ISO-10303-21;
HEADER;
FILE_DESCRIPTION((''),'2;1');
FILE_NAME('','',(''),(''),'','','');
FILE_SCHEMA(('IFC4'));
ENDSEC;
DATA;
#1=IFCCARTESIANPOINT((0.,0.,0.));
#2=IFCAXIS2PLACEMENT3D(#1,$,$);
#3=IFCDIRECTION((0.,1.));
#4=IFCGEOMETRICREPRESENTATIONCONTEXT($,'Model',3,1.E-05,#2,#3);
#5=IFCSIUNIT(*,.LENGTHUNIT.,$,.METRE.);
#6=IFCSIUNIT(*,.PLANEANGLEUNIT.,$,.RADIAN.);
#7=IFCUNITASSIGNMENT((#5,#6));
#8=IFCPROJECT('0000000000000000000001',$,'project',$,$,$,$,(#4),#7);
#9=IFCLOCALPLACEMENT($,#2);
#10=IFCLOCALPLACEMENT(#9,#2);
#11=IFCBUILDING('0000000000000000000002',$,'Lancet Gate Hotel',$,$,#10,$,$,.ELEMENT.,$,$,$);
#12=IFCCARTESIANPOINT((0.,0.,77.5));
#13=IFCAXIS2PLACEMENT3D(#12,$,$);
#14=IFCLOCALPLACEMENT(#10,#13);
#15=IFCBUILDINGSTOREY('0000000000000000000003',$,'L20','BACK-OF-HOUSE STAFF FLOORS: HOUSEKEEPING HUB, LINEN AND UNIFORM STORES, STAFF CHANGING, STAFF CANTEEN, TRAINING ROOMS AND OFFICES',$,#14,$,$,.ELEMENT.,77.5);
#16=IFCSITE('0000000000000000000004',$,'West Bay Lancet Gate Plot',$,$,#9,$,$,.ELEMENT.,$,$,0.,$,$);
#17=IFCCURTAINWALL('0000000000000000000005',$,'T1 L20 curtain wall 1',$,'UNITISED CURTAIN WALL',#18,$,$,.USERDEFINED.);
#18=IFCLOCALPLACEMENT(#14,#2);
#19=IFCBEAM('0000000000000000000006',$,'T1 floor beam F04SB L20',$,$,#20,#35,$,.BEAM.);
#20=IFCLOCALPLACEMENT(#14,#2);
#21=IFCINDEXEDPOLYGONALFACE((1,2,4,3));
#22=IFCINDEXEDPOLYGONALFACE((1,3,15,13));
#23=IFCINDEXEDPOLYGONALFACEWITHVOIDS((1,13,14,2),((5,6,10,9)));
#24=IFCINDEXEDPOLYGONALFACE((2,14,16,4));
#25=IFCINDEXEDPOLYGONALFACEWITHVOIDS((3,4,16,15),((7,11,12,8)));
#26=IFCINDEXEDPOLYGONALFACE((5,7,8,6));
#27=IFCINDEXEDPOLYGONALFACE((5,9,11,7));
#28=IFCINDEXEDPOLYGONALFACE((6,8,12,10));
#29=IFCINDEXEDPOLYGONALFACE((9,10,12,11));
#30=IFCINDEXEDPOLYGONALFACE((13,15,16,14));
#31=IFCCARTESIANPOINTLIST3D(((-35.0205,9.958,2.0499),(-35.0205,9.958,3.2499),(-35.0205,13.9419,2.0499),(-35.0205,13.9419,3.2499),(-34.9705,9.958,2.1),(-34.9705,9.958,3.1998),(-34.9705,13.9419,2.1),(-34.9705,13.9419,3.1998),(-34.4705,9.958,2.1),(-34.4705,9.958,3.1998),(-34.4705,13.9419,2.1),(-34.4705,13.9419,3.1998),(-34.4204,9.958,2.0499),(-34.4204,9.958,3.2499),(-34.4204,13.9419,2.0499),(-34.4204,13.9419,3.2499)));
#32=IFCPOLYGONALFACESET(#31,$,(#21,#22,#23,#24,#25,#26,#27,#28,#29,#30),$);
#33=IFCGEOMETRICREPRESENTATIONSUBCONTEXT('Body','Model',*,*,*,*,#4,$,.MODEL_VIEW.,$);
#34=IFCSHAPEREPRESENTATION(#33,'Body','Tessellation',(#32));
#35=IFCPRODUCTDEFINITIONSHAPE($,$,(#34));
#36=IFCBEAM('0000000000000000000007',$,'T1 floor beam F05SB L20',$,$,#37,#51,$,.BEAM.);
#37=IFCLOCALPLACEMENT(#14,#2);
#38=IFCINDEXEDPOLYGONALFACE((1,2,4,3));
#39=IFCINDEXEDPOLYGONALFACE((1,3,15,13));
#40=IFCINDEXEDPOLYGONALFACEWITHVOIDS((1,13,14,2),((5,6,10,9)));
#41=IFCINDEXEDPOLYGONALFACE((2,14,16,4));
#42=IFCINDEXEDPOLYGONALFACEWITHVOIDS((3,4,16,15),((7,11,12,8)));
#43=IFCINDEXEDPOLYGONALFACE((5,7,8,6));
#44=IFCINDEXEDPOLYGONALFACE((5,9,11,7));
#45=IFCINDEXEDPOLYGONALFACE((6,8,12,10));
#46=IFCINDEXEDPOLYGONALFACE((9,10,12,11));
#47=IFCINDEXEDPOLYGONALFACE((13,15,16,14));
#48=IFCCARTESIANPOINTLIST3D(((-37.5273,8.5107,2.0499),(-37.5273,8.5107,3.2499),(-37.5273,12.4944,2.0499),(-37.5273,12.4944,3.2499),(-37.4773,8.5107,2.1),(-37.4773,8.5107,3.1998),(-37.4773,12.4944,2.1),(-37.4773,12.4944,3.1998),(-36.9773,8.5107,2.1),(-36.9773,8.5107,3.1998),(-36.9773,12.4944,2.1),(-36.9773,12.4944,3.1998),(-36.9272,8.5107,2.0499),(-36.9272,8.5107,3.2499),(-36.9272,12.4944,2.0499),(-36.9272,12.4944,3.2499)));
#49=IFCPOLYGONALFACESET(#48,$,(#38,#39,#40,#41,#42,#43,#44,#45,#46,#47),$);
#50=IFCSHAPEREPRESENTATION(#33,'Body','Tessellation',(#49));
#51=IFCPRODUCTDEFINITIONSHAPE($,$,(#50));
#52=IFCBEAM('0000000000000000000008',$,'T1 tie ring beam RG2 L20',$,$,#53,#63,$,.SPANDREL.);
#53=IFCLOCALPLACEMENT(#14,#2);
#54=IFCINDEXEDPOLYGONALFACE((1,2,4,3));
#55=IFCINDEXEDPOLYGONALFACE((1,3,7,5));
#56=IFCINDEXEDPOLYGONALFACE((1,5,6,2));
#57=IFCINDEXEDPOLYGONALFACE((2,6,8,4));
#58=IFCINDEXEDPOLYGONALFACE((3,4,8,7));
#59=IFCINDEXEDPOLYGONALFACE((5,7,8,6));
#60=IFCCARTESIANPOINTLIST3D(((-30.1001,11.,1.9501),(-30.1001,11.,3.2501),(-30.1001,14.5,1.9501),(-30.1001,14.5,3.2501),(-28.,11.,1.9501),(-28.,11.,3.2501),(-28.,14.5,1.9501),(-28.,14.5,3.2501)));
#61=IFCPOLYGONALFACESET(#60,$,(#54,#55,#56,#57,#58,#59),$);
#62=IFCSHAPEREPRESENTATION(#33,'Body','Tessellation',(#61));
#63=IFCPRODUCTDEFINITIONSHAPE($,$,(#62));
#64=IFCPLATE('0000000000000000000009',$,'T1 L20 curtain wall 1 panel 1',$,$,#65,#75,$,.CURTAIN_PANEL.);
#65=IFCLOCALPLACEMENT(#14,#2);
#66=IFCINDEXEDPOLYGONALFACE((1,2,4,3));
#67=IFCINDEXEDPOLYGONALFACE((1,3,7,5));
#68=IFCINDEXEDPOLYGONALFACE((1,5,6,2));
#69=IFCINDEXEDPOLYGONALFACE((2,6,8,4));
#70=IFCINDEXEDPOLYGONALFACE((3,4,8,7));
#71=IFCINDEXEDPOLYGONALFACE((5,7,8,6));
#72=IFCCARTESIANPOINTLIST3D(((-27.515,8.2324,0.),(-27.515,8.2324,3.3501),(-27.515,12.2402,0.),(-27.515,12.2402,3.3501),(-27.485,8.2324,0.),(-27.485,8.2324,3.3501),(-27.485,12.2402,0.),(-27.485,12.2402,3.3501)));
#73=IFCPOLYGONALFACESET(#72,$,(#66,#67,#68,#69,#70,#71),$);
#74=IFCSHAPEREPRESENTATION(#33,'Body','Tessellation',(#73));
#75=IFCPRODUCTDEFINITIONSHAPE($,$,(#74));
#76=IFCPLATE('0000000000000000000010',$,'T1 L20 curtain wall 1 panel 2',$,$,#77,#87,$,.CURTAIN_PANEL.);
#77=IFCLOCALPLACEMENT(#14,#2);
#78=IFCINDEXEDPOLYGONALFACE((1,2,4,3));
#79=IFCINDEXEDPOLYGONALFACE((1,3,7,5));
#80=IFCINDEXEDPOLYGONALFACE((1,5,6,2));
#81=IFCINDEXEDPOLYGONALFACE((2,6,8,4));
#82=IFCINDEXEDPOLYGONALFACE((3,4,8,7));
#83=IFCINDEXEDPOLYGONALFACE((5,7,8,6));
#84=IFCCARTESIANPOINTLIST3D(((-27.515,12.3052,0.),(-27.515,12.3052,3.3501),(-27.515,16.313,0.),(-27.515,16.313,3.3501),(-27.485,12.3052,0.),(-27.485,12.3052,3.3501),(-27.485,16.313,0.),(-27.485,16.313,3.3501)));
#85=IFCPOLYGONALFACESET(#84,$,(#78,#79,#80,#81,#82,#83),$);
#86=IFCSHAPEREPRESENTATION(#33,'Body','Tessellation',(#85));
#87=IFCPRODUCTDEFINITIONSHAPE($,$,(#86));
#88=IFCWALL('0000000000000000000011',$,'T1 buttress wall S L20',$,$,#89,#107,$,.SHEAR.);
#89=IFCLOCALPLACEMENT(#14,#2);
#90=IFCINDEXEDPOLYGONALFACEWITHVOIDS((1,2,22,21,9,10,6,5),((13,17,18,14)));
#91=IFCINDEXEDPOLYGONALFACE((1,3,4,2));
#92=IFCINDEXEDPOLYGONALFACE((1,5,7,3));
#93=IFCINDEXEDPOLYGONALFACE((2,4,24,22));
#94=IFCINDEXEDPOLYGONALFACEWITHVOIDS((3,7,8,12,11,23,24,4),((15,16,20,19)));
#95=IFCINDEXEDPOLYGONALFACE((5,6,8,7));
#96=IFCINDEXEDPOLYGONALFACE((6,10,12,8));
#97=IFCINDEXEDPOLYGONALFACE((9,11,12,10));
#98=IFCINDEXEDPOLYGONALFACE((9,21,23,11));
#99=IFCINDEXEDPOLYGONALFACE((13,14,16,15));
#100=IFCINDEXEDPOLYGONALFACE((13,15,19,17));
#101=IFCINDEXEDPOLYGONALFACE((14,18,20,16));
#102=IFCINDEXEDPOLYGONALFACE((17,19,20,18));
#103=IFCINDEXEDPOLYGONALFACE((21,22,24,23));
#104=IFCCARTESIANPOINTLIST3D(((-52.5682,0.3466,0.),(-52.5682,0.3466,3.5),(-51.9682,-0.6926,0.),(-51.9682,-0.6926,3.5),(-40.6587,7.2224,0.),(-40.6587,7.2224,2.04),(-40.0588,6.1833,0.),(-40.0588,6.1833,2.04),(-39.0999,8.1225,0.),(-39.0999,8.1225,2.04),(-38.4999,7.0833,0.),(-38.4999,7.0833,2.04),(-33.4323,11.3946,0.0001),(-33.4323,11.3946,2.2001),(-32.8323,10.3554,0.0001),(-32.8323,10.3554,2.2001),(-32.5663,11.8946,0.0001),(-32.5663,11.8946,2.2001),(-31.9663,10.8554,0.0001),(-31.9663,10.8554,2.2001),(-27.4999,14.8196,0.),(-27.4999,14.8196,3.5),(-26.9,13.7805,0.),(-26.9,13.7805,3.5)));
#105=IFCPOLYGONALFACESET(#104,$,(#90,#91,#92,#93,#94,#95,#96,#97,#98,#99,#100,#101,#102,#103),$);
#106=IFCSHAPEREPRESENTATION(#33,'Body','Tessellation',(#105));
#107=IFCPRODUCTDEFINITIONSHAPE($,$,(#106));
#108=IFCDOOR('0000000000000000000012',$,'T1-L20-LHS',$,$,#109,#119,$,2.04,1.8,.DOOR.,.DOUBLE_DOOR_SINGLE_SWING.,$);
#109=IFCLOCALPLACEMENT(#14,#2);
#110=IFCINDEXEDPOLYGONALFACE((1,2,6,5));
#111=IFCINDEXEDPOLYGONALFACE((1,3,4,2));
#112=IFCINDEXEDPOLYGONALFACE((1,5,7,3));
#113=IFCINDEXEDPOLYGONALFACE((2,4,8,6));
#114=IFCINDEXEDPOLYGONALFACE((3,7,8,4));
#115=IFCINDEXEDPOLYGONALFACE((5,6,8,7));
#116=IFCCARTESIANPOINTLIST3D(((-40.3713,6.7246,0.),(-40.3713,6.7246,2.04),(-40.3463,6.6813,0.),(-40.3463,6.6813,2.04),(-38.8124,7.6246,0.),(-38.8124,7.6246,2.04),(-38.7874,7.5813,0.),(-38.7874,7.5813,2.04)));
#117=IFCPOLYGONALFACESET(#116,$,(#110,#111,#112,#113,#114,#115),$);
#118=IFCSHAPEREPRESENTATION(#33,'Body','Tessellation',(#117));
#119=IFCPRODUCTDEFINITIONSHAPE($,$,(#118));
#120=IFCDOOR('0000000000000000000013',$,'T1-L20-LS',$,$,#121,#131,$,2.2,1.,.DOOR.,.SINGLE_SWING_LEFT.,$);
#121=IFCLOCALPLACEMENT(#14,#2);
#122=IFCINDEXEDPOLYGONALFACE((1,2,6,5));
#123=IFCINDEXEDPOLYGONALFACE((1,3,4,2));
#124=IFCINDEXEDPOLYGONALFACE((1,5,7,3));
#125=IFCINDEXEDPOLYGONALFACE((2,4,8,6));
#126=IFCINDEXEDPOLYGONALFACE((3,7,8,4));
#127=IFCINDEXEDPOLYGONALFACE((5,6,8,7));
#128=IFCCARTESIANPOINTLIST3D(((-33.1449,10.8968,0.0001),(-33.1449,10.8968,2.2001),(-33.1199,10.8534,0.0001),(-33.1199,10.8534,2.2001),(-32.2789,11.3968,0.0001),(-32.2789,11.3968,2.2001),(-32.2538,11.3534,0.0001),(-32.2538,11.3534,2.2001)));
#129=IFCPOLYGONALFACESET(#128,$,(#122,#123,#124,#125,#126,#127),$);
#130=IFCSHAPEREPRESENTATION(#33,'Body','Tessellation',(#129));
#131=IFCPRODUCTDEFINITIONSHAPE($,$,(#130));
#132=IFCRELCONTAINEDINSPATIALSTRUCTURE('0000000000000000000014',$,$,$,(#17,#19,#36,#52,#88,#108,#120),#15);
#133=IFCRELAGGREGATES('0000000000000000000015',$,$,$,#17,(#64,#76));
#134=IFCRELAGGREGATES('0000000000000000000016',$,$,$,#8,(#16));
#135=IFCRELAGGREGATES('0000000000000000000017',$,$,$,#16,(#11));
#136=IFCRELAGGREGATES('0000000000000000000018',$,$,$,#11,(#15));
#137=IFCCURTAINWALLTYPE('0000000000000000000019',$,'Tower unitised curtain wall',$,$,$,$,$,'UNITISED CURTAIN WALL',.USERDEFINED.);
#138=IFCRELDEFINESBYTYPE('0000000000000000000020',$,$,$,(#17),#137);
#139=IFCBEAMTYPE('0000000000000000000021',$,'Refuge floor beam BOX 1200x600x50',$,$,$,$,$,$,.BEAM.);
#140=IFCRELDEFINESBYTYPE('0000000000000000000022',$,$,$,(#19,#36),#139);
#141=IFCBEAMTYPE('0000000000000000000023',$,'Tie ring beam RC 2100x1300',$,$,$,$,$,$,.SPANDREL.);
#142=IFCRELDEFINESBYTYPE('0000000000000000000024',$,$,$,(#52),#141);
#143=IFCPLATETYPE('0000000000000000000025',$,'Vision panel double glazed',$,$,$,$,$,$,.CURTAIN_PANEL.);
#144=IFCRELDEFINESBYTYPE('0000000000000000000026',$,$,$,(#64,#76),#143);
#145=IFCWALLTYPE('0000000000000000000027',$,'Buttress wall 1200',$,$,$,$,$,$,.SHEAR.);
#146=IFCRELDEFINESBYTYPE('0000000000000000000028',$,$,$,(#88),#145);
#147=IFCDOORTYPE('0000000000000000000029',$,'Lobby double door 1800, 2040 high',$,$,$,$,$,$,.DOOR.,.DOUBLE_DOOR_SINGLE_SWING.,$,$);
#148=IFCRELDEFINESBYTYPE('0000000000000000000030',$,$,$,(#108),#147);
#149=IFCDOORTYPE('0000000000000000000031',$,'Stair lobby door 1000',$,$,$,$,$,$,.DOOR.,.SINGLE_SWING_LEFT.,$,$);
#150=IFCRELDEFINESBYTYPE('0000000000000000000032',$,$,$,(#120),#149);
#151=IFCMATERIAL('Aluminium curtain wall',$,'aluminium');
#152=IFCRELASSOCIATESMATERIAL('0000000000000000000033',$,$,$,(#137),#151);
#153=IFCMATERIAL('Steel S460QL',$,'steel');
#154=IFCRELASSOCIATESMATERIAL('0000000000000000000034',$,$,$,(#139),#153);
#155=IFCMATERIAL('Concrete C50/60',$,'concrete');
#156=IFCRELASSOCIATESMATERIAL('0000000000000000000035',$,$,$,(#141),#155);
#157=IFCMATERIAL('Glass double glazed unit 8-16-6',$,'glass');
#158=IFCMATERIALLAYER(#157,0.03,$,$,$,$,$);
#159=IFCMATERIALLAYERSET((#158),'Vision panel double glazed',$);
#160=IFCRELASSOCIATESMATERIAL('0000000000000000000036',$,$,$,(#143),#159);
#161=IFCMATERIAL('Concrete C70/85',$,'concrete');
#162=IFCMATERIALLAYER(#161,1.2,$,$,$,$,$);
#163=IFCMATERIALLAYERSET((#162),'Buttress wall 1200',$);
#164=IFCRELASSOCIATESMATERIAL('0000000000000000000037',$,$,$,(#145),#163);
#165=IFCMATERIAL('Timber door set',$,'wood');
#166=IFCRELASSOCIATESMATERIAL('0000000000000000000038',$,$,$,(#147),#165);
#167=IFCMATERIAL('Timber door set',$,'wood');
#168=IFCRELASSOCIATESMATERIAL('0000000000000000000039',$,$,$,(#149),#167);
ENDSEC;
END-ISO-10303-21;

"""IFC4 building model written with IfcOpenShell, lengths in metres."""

from ifc_helpers import new_model, si_unit, direction, frame, frame_2d, origin, origin_2d, place, context, subcontext, project, spatial, rectangle, hollow_rectangle, extrude, material, layer, layer_set, material_profile, profile_set, type_object, element, fill, aggregate, save


model = new_model("IFC4")

# Units and contexts
model_context = context("Model", 3, precision=1e-05, world=origin(), true_north=direction((0.0, 1.0)))
body_context = subcontext(model_context, "Body", "Model", "MODEL_VIEW")
ifc_project = project(units=[si_unit("LENGTHUNIT", "METRE"), si_unit("PLANEANGLEUNIT", "RADIAN")], contexts=[model_context])

# Site, building, storey
site_placement = place(None, origin())
site = spatial("IfcSite", under=ifc_project, at=site_placement, Name="West Bay Lancet Gate Plot", CompositionType="ELEMENT", RefElevation=0.0)
building_placement = place(site_placement, origin())
building = spatial("IfcBuilding", under=site, at=building_placement, Name="Lancet Gate Hotel", CompositionType="ELEMENT")
storey_placement = place(building_placement, frame((0.0, 0.0, 77.5)))
storey = spatial("IfcBuildingStorey", under=building, at=storey_placement, Name="L20", Description="BACK-OF-HOUSE STAFF FLOORS: HOUSEKEEPING HUB, LINEN AND UNIFORM STORES, STAFF CHANGING, STAFF CANTEEN, TRAINING ROOMS AND OFFICES", CompositionType="ELEMENT", Elevation=77.5)

# Curtain wall
ifc_material_1 = material(Name="Aluminium curtain wall", Category="aluminium")
curtain_wall_type = type_object("IfcCurtainWallType", Name="Tower unitised curtain wall", ElementType="UNITISED CURTAIN WALL", PredefinedType="USERDEFINED", material=ifc_material_1)
curtain_wall_placement = place(storey_placement, origin())
curtain_wall = element("IfcCurtainWall", 1, at=curtain_wall_placement, inside=storey, type_object=curtain_wall_type, Name="T1 L20 curtain wall 1", ObjectType="UNITISED CURTAIN WALL", PredefinedType="USERDEFINED")

# Beams
ifc_material_2 = material(Name="Steel S460QL", Category="steel")
ifc_material_profile_1 = material_profile(ifc_material_2, hollow_rectangle(XDim=0.6001, YDim=1.2, WallThickness=0.05, at=origin_2d()), Name="BOX 1200x600x50")
ifc_profile_set_1 = profile_set([ifc_material_profile_1], Name="Steel S460QL")
beam_type_1 = type_object("IfcBeamType", Name="Refuge floor beam BOX 1200x600x50", PredefinedType="BEAM", material=ifc_profile_set_1)
beam_1_placement = place(storey_placement, frame((-34.7205, 13.9419, 2.6499), z_axis=(0.0, -1.0, 0.0), x_axis=(1.0, 0.0, 0.0)))
element("IfcBeam", 2, at=beam_1_placement, inside=storey, type_object=beam_type_1, Name="T1 floor beam F04SB L20", PredefinedType="BEAM", context=body_context, shape_type="SweptSolid", body=[
    extrude(hollow_rectangle(XDim=0.6001, YDim=1.2, WallThickness=0.05, at=origin_2d()), origin(), (0.0, 0.0, 1.0), 3.9839),
])
beam_2_placement = place(storey_placement, frame((-37.2273, 12.4944, 2.6499), z_axis=(0.0, -1.0, 0.0), x_axis=(1.0, 0.0, 0.0)))
element("IfcBeam", 3, at=beam_2_placement, inside=storey, type_object=beam_type_1, Name="T1 floor beam F05SB L20", PredefinedType="BEAM", context=body_context, shape_type="SweptSolid", body=[
    extrude(hollow_rectangle(XDim=0.6001, YDim=1.2, WallThickness=0.05, at=origin_2d()), origin(), (0.0, 0.0, 1.0), 3.9836),
])
ifc_material_3 = material(Name="Concrete C50/60", Category="concrete")
ifc_material_profile_2 = material_profile(ifc_material_3, rectangle(XDim=2.1001, YDim=1.3, at=origin_2d()), Name="RC 2100x1300")
ifc_profile_set_2 = profile_set([ifc_material_profile_2], Name="Concrete C50/60")
beam_type_2 = type_object("IfcBeamType", Name="Tie ring beam RC 2100x1300", PredefinedType="SPANDREL", material=ifc_profile_set_2)
beam_3_placement = place(storey_placement, frame((-29.05, 14.5, 2.6001), z_axis=(0.0, -1.0, 0.0), x_axis=(1.0, 0.0, 0.0)))
element("IfcBeam", 4, at=beam_3_placement, inside=storey, type_object=beam_type_2, Name="T1 tie ring beam RG2 L20", PredefinedType="SPANDREL", context=body_context, shape_type="SweptSolid", body=[
    extrude(rectangle(XDim=2.1001, YDim=1.3, at=origin_2d()), origin(), (0.0, 0.0, 1.0), 3.5),
])

# Plates
ifc_material_4 = material(Name="Glass double glazed unit 8-16-6", Category="glass")
ifc_layer_1 = layer(ifc_material_4, 0.03)
ifc_layer_set_1 = layer_set([ifc_layer_1], Name="Vision panel double glazed")
plate_type = type_object("IfcPlateType", Name="Vision panel double glazed", PredefinedType="CURTAIN_PANEL", material=ifc_layer_set_1)
plate_1_placement = place(storey_placement, frame((-27.5, 10.2363, 0.0), z_axis=(0.0, 0.0, 1.0), x_axis=(0.0, 1.0, 0.0)))
plate_1 = element("IfcPlate", 5, at=plate_1_placement, type_object=plate_type, Name="T1 L20 curtain wall 1 panel 1", PredefinedType="CURTAIN_PANEL", context=body_context, shape_type="SweptSolid", body=[
    extrude(rectangle(XDim=4.0078, YDim=0.03, at=origin_2d()), origin(), (0.0, 0.0, 1.0), 3.3501),
])
plate_2_placement = place(storey_placement, frame((-27.5, 14.3091, 0.0), z_axis=(0.0, 0.0, 1.0), x_axis=(0.0, 1.0, 0.0)))
plate_2 = element("IfcPlate", 6, at=plate_2_placement, type_object=plate_type, Name="T1 L20 curtain wall 1 panel 2", PredefinedType="CURTAIN_PANEL", context=body_context, shape_type="SweptSolid", body=[
    extrude(rectangle(XDim=4.0078, YDim=0.03, at=origin_2d()), origin(), (0.0, 0.0, 1.0), 3.3501),
])
aggregate(curtain_wall, [plate_1, plate_2])

# Wall, openings, doors
ifc_material_5 = material(Name="Concrete C70/85", Category="concrete")
ifc_layer_2 = layer(ifc_material_5, 1.2)
ifc_layer_set_2 = layer_set([ifc_layer_2], Name="Buttress wall 1200")
wall_type_1 = type_object("IfcWallType", Name="Buttress wall 1200", PredefinedType="SHEAR", material=ifc_layer_set_2)
wall_1_placement = place(storey_placement, frame((-27.2, 14.3, 0.0), z_axis=(0.0, 0.0, 1.0), x_axis=(-0.866027, -0.499998, 0.0)))
wall_1 = element("IfcWall", 7, at=wall_1_placement, inside=storey, type_object=wall_type_1, Name="T1 buttress wall S L20", PredefinedType="SHEAR", context=body_context, shape_type="SweptSolid", body=[
    extrude(rectangle(XDim=28.9463, YDim=1.2, at=frame_2d((14.4731, 0.0))), origin(), (0.0, 0.0, 1.0), 3.5),
])
opening_1_placement = place(wall_1_placement, frame((5.8501, 0.0, 0.0)))
opening_1 = element("IfcOpeningElement", 8, at=opening_1_placement, cuts=wall_1, PredefinedType="OPENING", context=body_context, shape_type="SweptSolid", body=[
    extrude(rectangle(XDim=1.0, YDim=2.2, at=frame_2d((0.5, 1.1001))), frame((0.0, 0.6099, 0.0), z_axis=(0.0, -1.0, 0.0), x_axis=(1.0, 0.0, 0.0)), (0.0, 0.0, 1.0), 1.22),
])
opening_2_placement = place(wall_1_placement, frame((13.3945, 0.0, 0.0)))
opening_2 = element("IfcOpeningElement", 9, at=opening_2_placement, cuts=wall_1, PredefinedType="OPENING", context=body_context, shape_type="SweptSolid", body=[
    extrude(rectangle(XDim=1.8, YDim=2.04, at=frame_2d((0.8999, 1.02))), frame((0.0, 0.6099, 0.0), z_axis=(0.0, -1.0, 0.0), x_axis=(1.0, 0.0, 0.0)), (0.0, 0.0, 1.0), 1.22),
])
ifc_material_6 = material(Name="Timber door set", Category="wood")
door_type_1 = type_object("IfcDoorType", Name="Lobby double door 1800, 2040 high", OperationType="DOUBLE_DOOR_SINGLE_SWING", PredefinedType="DOOR", material=ifc_material_6)
door_1_placement = place(opening_2_placement, origin())
door_1 = element("IfcDoor", 10, at=door_1_placement, inside=storey, type_object=door_type_1, Name="T1-L20-LHS", OperationType="DOUBLE_DOOR_SINGLE_SWING", OverallHeight=2.04, OverallWidth=1.8, PredefinedType="DOOR", context=body_context, shape_type="SweptSolid", body=[
    extrude(rectangle(XDim=1.8, YDim=2.04, at=frame_2d((0.8999, 1.02))), frame((0.0, 0.0249, 0.0), z_axis=(0.0, -1.0, 0.0), x_axis=(1.0, 0.0, 0.0)), (0.0, 0.0, 1.0), 0.05),
])
fill(opening_2, door_1)
ifc_material_7 = material(Name="Timber door set", Category="wood")
door_type_2 = type_object("IfcDoorType", Name="Stair lobby door 1000", OperationType="SINGLE_SWING_LEFT", PredefinedType="DOOR", material=ifc_material_7)
door_2_placement = place(opening_1_placement, origin())
door_2 = element("IfcDoor", 11, at=door_2_placement, inside=storey, type_object=door_type_2, Name="T1-L20-LS", OperationType="SINGLE_SWING_LEFT", OverallHeight=2.2, OverallWidth=1.0, PredefinedType="DOOR", context=body_context, shape_type="SweptSolid", body=[
    extrude(rectangle(XDim=1.0, YDim=2.2, at=frame_2d((0.5, 1.1001))), frame((0.0, 0.0249, 0.0), z_axis=(0.0, -1.0, 0.0), x_axis=(1.0, 0.0, 0.0)), (0.0, 0.0, 1.0), 0.05),
])
fill(opening_1, door_2)

save(model, "model.ifc")
